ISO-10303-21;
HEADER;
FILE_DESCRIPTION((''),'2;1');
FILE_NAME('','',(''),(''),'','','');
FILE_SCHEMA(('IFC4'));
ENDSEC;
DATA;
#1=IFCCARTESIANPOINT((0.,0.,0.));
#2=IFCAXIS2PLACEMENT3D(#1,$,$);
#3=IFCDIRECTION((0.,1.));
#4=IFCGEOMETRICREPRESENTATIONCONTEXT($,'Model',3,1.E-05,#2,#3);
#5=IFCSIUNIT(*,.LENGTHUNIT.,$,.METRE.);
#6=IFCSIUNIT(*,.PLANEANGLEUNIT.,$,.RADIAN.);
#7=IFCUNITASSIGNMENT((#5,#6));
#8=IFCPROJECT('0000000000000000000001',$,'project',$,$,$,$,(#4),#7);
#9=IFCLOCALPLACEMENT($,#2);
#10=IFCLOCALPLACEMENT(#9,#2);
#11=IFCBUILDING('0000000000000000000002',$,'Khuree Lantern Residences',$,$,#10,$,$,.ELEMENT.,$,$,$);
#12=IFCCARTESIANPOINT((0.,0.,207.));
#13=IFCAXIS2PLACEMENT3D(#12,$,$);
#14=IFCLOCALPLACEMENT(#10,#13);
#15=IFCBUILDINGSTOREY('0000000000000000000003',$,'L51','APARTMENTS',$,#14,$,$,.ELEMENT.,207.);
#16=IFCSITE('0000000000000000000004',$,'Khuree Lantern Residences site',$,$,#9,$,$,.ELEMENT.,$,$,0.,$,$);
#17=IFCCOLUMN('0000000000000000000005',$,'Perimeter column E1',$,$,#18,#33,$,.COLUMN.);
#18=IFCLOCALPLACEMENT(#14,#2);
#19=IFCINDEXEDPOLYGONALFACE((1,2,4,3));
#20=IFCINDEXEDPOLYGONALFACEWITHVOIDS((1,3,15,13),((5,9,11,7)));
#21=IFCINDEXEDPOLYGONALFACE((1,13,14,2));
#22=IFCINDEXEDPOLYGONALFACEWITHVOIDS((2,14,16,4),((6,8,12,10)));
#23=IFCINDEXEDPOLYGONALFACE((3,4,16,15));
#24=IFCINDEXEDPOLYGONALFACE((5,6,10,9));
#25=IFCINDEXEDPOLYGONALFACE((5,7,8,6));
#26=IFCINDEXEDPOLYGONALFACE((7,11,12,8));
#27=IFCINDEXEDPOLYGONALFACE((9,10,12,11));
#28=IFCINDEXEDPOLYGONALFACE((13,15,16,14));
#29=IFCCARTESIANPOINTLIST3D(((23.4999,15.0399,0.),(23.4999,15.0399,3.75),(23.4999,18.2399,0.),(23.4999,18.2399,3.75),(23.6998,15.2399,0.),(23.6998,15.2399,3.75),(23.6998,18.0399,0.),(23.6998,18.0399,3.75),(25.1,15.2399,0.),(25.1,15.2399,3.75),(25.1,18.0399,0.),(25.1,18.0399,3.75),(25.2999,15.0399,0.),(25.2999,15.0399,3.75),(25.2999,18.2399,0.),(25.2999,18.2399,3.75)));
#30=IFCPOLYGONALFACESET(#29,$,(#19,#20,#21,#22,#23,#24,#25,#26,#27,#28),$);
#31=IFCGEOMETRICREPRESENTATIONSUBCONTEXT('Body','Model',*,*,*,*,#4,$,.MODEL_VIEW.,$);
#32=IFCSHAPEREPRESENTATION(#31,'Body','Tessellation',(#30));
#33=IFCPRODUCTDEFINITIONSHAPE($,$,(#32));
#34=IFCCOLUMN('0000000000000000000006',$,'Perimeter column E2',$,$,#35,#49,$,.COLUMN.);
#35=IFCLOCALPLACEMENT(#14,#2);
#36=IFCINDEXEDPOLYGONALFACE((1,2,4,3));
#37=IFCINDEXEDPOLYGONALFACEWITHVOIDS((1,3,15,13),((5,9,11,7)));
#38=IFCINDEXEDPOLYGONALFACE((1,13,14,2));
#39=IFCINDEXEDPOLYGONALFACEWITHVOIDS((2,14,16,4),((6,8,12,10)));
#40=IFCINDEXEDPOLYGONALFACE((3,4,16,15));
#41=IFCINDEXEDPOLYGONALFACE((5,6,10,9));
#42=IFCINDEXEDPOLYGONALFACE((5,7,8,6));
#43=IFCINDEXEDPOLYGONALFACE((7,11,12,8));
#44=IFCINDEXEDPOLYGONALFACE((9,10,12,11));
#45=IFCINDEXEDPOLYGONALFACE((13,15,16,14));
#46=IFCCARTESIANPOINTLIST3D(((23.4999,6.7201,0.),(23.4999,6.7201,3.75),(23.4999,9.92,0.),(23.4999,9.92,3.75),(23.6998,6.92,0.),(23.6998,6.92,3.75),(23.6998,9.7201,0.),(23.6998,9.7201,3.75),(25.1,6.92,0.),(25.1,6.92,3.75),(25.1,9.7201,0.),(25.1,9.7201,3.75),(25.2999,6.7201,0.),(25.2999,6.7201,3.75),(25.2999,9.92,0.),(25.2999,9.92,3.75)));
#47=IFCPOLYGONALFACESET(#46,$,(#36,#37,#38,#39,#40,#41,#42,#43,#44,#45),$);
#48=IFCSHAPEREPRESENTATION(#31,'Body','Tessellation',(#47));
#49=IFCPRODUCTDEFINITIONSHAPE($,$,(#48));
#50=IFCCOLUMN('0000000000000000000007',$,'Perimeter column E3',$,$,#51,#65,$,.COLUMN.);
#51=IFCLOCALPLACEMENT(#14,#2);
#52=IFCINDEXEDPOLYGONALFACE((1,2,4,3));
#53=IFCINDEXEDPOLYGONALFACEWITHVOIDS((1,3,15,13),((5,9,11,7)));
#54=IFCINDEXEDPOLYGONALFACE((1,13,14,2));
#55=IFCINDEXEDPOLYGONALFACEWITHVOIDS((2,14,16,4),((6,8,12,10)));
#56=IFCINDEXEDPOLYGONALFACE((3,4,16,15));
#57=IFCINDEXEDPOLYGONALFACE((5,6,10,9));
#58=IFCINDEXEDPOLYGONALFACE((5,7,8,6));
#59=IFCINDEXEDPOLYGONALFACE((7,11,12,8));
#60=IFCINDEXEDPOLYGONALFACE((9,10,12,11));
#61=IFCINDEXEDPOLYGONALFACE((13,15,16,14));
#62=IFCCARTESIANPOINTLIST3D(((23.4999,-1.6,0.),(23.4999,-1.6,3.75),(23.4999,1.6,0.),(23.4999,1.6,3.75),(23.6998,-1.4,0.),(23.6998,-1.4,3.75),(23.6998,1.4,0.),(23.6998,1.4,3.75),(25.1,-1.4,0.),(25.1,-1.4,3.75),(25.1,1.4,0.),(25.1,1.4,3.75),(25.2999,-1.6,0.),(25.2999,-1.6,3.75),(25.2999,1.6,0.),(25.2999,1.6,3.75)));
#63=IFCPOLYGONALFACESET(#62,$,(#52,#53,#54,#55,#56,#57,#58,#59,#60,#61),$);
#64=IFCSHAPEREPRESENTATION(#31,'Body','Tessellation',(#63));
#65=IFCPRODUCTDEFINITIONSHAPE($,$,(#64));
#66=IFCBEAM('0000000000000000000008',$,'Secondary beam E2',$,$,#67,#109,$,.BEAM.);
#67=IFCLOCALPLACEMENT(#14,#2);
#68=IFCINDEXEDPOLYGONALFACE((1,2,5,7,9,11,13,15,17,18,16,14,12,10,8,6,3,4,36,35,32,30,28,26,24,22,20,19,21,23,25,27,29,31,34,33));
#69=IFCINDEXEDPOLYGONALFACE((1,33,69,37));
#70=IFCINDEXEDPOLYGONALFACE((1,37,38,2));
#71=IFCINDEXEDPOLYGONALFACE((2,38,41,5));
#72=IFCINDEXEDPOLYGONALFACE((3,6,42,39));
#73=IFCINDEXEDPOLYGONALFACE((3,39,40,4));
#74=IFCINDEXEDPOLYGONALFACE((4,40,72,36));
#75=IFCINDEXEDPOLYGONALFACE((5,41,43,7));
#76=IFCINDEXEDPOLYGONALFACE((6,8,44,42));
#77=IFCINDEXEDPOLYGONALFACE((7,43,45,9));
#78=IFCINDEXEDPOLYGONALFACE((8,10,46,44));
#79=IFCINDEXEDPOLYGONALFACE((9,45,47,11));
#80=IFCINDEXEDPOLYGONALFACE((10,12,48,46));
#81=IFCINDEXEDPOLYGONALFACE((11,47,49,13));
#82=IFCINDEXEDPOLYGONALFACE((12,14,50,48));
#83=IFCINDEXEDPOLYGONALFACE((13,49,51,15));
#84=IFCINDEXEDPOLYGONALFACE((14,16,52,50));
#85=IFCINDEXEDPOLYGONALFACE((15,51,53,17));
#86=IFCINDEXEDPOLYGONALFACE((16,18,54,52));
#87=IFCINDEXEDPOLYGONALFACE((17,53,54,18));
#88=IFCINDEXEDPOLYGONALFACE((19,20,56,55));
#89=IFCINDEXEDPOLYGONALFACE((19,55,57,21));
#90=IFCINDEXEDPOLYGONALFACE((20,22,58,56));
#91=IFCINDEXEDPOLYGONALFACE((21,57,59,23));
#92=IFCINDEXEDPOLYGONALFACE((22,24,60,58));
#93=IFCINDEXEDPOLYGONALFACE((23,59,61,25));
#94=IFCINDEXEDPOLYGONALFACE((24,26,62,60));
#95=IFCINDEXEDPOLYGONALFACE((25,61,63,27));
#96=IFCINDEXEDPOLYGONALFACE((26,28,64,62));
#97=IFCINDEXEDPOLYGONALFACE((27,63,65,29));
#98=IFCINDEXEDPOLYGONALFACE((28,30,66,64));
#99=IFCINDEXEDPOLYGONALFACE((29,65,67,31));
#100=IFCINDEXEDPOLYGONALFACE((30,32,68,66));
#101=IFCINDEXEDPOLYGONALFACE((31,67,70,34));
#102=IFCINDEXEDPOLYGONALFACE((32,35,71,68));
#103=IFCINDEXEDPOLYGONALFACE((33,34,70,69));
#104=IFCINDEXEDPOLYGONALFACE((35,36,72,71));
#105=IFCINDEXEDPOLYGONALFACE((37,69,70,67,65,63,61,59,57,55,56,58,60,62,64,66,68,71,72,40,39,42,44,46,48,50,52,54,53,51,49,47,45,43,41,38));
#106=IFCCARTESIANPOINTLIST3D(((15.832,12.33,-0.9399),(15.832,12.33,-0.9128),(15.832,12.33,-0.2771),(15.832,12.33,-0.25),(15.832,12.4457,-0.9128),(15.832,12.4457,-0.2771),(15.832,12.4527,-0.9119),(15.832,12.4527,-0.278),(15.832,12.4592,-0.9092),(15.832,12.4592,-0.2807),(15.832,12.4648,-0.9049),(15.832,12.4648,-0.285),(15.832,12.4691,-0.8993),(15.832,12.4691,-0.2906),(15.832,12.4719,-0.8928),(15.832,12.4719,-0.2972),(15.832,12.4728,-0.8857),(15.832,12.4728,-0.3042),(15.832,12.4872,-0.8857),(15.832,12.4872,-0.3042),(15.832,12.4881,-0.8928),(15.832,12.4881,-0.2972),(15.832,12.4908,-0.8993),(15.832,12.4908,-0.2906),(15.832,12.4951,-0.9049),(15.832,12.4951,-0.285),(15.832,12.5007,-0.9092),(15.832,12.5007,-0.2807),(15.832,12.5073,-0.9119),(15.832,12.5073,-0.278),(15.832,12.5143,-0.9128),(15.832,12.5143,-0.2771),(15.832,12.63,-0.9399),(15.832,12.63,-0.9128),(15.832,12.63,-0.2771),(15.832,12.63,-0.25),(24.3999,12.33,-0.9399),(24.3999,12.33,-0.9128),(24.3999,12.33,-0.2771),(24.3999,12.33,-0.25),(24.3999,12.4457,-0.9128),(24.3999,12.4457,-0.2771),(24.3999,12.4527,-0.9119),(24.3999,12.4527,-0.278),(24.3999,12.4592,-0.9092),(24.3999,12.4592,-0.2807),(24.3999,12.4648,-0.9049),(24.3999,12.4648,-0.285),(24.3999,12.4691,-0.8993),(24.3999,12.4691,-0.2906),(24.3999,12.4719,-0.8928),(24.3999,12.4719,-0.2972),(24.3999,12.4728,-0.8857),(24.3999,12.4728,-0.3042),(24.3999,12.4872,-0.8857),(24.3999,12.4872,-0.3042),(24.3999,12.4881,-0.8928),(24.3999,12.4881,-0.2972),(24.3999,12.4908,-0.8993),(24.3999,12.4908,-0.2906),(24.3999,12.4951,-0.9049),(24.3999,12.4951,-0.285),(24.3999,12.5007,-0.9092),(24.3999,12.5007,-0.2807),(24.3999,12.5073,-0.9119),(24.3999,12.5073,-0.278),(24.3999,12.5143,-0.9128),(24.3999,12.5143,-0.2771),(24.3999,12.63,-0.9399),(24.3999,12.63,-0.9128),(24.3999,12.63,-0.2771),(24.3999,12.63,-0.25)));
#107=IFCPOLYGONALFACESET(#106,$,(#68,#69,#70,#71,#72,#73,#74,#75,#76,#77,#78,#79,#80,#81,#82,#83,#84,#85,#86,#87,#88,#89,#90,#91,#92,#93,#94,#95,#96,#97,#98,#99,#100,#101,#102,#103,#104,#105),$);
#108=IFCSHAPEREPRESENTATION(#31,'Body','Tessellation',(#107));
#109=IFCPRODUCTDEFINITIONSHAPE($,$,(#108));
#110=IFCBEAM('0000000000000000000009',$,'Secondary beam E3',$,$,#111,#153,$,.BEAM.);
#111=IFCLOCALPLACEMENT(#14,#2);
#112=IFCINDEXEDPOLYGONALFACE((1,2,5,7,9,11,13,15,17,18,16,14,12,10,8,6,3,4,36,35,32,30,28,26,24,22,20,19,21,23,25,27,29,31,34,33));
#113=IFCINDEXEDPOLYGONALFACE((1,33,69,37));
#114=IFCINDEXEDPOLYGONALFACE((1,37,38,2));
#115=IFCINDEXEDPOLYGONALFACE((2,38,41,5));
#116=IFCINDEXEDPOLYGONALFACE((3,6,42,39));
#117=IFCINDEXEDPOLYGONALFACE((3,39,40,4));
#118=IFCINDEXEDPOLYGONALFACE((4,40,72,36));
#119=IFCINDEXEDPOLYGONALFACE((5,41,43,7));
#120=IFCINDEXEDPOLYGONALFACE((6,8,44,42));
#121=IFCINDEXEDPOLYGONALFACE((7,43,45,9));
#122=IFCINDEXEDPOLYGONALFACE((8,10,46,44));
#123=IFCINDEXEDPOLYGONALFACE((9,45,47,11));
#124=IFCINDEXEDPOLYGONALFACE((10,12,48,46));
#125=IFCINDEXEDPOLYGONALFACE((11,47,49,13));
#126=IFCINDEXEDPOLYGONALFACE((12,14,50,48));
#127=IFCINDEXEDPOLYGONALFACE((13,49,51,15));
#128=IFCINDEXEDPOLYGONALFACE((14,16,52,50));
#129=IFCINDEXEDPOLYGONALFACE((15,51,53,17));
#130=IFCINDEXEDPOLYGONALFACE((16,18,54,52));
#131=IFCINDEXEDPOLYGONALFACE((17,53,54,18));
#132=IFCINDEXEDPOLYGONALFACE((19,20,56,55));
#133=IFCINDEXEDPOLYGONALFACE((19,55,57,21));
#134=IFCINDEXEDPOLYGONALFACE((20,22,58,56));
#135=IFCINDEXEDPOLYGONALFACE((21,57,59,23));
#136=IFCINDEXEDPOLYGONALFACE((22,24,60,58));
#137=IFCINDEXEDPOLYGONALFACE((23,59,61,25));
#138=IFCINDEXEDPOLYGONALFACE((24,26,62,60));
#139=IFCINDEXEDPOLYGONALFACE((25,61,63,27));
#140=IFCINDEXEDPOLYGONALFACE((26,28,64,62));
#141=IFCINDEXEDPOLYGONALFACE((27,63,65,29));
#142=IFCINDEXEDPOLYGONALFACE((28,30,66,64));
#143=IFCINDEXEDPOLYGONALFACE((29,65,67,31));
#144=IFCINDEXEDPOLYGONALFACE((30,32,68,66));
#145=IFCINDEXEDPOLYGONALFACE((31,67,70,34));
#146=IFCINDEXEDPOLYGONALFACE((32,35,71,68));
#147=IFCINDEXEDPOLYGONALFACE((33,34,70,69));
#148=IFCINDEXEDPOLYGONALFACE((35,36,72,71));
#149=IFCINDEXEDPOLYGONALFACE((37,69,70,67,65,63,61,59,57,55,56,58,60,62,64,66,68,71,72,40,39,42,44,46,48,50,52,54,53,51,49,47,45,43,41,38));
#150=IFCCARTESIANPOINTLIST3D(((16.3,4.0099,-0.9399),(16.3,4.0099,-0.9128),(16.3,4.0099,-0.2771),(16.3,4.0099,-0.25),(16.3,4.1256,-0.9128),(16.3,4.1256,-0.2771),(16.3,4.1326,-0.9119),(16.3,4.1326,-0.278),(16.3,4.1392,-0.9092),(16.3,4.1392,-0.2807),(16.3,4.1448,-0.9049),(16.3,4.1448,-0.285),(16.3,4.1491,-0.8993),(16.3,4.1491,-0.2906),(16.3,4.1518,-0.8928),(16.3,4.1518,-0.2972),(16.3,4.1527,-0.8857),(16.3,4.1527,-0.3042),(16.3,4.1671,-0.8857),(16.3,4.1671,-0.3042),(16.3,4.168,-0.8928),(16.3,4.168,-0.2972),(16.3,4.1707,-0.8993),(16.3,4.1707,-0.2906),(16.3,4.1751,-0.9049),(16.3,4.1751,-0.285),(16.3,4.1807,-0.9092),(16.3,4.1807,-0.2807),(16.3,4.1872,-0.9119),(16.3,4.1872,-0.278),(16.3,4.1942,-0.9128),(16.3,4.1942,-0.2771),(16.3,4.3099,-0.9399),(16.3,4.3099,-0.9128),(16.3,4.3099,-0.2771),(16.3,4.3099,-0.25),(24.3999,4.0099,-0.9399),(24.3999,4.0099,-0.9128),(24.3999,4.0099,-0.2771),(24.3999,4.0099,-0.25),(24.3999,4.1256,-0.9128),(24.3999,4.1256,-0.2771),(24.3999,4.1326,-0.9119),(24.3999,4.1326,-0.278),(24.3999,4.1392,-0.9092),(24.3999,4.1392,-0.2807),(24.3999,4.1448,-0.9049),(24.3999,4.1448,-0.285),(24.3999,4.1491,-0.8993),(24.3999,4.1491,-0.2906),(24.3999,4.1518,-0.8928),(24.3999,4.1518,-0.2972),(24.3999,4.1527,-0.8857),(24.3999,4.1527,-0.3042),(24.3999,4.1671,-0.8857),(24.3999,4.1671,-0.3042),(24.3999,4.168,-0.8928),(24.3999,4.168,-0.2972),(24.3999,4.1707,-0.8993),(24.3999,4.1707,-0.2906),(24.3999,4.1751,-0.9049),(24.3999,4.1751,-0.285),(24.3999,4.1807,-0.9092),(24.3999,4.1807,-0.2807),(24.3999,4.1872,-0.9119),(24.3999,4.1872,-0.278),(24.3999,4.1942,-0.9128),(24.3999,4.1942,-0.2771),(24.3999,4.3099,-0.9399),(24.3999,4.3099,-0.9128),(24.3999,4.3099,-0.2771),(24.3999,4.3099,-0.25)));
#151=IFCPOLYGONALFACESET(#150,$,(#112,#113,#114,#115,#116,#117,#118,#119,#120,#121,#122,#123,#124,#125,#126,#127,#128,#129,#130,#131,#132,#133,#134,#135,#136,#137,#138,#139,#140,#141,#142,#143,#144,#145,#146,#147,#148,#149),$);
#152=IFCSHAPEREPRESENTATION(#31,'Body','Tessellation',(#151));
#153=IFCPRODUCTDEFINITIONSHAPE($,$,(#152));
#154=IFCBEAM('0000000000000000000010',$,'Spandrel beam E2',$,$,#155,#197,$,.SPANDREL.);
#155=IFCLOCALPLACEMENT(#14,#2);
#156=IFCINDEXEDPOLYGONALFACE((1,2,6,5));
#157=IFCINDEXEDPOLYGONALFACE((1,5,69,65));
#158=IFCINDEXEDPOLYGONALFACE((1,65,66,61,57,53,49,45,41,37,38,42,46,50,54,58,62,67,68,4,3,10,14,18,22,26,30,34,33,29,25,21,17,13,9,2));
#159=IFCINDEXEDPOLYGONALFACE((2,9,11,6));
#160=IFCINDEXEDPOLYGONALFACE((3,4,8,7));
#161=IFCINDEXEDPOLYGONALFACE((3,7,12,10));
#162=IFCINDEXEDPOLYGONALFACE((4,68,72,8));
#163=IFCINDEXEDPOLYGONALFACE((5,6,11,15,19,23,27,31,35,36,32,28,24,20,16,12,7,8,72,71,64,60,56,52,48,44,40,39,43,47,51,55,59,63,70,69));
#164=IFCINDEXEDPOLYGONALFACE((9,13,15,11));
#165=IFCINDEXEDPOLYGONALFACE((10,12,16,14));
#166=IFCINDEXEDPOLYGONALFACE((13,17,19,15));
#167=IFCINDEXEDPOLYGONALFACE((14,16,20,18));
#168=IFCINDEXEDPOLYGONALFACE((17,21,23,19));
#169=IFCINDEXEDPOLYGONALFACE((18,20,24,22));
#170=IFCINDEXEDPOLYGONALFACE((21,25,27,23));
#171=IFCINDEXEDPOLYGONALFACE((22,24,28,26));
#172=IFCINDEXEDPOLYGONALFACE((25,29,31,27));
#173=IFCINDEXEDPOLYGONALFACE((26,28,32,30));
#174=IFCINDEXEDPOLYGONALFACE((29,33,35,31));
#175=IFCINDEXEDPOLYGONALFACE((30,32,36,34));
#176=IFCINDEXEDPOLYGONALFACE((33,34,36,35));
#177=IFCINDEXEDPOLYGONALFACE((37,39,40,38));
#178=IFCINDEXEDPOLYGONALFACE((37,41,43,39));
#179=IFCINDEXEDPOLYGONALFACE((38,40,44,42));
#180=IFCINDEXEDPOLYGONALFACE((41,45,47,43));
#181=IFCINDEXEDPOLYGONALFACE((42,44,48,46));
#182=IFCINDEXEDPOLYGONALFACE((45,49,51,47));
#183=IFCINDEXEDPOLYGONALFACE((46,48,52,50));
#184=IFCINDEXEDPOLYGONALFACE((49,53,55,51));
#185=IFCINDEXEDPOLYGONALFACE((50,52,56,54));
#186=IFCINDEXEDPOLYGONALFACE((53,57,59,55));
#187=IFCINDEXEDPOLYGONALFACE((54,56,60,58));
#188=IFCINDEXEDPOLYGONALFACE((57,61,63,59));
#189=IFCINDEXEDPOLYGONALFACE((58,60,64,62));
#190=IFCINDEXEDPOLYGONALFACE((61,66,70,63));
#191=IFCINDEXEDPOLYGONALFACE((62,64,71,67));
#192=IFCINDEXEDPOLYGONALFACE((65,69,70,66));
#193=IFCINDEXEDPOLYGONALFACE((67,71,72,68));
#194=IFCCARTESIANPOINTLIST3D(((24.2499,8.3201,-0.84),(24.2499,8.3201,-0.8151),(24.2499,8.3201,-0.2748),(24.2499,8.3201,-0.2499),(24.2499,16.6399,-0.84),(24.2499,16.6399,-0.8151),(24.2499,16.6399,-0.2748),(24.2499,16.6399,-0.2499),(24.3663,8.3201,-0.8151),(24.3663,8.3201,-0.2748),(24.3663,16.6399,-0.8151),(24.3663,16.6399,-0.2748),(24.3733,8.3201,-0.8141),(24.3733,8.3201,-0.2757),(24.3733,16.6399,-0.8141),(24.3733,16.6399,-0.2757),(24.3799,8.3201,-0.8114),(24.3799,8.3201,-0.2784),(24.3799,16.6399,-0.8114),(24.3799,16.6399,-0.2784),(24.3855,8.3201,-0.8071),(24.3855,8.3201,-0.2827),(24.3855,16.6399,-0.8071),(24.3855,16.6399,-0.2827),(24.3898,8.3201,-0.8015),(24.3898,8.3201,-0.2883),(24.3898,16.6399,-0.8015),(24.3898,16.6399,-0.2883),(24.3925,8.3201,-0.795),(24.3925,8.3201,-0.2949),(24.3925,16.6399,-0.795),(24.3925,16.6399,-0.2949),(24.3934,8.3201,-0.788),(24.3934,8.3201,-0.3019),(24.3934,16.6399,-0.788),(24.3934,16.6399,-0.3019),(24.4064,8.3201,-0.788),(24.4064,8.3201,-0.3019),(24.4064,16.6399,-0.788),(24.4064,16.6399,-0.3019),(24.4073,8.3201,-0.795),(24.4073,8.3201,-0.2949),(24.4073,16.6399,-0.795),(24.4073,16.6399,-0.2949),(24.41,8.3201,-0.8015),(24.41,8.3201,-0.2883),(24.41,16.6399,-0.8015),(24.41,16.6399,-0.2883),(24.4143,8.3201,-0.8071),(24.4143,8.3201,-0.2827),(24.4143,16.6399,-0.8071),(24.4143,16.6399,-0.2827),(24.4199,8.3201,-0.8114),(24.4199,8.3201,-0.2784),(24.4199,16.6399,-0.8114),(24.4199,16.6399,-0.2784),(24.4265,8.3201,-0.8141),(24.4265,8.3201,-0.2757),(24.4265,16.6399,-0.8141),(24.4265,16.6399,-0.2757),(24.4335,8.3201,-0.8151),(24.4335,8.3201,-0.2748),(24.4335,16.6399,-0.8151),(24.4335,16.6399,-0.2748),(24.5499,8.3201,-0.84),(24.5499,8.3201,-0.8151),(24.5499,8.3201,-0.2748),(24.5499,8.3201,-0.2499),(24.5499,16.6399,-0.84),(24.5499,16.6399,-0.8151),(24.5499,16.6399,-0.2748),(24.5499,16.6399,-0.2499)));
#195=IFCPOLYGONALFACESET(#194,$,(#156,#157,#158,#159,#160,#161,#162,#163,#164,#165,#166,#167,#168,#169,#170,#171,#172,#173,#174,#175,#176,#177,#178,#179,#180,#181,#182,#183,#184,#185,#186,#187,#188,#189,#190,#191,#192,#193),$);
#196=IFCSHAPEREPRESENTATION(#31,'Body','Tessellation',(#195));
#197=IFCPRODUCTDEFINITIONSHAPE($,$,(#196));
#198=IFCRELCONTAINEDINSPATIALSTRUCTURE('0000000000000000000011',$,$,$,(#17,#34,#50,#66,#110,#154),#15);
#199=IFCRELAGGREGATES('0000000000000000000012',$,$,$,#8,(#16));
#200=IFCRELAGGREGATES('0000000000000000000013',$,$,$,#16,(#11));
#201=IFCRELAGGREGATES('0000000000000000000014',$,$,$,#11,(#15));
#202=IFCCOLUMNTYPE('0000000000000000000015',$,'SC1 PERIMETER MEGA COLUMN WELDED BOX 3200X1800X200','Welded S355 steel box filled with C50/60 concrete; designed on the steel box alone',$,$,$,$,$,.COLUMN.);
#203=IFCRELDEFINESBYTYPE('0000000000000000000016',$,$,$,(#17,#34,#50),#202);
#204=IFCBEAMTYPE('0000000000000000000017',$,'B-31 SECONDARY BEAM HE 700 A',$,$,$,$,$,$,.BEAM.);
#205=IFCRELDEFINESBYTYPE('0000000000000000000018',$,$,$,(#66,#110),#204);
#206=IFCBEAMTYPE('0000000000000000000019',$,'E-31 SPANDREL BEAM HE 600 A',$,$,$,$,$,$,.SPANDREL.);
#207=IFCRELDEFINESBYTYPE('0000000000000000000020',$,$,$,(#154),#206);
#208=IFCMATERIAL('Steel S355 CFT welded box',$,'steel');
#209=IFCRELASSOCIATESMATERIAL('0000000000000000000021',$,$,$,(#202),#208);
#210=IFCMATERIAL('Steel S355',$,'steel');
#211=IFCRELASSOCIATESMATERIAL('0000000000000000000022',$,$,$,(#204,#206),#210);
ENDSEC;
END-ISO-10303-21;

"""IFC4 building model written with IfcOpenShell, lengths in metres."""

from ifc_helpers import new_model, si_unit, direction, frame, origin, origin_2d, place, context, subcontext, project, spatial, hollow_rectangle, i_section, extrude, material, material_profile, profile_set, type_object, element, save


model = new_model("IFC4")

# Units and contexts
model_context = context("Model", 3, precision=1e-05, world=origin(), true_north=direction((0.0, 1.0)))
body_context = subcontext(model_context, "Body", "Model", "MODEL_VIEW")
ifc_project = project(units=[si_unit("LENGTHUNIT", "METRE"), si_unit("PLANEANGLEUNIT", "RADIAN")], contexts=[model_context])

# Site, building, storey
site_placement = place(None, origin())
site = spatial("IfcSite", under=ifc_project, at=site_placement, Name="Khuree Lantern Residences site", CompositionType="ELEMENT", RefElevation=0.0)
building_placement = place(site_placement, origin())
building = spatial("IfcBuilding", under=site, at=building_placement, Name="Khuree Lantern Residences", CompositionType="ELEMENT")
storey_placement = place(building_placement, frame((0.0, 0.0, 207.0)))
storey = spatial("IfcBuildingStorey", under=building, at=storey_placement, Name="L51", Description="APARTMENTS", CompositionType="ELEMENT", Elevation=207.0)

# Columns
ifc_material_1 = material(Name="Steel S355 CFT welded box", Category="steel")
ifc_material_profile_1 = material_profile(ifc_material_1, hollow_rectangle(XDim=3.2, YDim=1.8, WallThickness=0.2, at=origin_2d()), Name="WELDED BOX 3200X1800X200")
ifc_profile_set_1 = profile_set([ifc_material_profile_1], Name="Steel S355 CFT welded box")
column_type = type_object("IfcColumnType", Name="SC1 PERIMETER MEGA COLUMN WELDED BOX 3200X1800X200", Description="Welded S355 steel box filled with C50/60 concrete; designed on the steel box alone", PredefinedType="COLUMN", material=ifc_profile_set_1)
for number, where, z_axis, x_axis, name in (
    (1, (24.3999, 16.6399, 0.0), (0.0, 0.0, 1.0), (0.0, 1.0, 0.0), "Perimeter column E1"),
    (2, (24.3999, 8.3201, 0.0), (0.0, 0.0, 1.0), (0.0, 1.0, 0.0), "Perimeter column E2"),
    (3, (24.3999, 0.0, 0.0), (0.0, 0.0, 1.0), (0.0, 1.0, 0.0), "Perimeter column E3"),
):
    element("IfcColumn", number, at=place(storey_placement, frame(where, z_axis=z_axis, x_axis=x_axis)), inside=storey, type_object=column_type, Name=name, PredefinedType="COLUMN", context=body_context, shape_type="SweptSolid", body=[
        extrude(hollow_rectangle(XDim=3.2, YDim=1.8, WallThickness=0.2, at=origin_2d()), origin(), (0.0, 0.0, 1.0), 3.75),
    ])

# Beams
ifc_material_2 = material(Name="Steel S355", Category="steel")
ifc_material_profile_2 = material_profile(ifc_material_2, i_section(OverallWidth=0.3, OverallDepth=0.6899, WebThickness=0.0144, FlangeThickness=0.0271, FilletRadius=0.0271, at=origin_2d()), Name="HE 700 A")
ifc_profile_set_2 = profile_set([ifc_material_profile_2], Name="Steel S355")
beam_type_1 = type_object("IfcBeamType", Name="B-31 SECONDARY BEAM HE 700 A", PredefinedType="BEAM", material=ifc_profile_set_2)
beam_1_placement = place(storey_placement, frame((24.3999, 12.48, -0.595), z_axis=(-1.0, 0.0, 0.0), x_axis=(0.0, -1.0, 0.0)))
element("IfcBeam", 4, at=beam_1_placement, inside=storey, type_object=beam_type_1, Name="Secondary beam E2", PredefinedType="BEAM", context=body_context, shape_type="SweptSolid", body=[
    extrude(i_section(OverallWidth=0.3, OverallDepth=0.6899, WebThickness=0.0144, FlangeThickness=0.0271, FilletRadius=0.0271, at=origin_2d()), origin(), (0.0, 0.0, 1.0), 8.5679),
])
beam_2_placement = place(storey_placement, frame((24.3999, 4.1599, -0.595), z_axis=(-1.0, 0.0, 0.0), x_axis=(0.0, -1.0, 0.0)))
element("IfcBeam", 5, at=beam_2_placement, inside=storey, type_object=beam_type_1, Name="Secondary beam E3", PredefinedType="BEAM", context=body_context, shape_type="SweptSolid", body=[
    extrude(i_section(OverallWidth=0.3, OverallDepth=0.6899, WebThickness=0.0144, FlangeThickness=0.0271, FilletRadius=0.0271, at=origin_2d()), origin(), (0.0, 0.0, 1.0), 8.0999),
])
ifc_material_profile_3 = material_profile(ifc_material_2, i_section(OverallWidth=0.3, OverallDepth=0.5901, WebThickness=0.0129, FlangeThickness=0.0249, FilletRadius=0.0271, at=origin_2d()), Name="HE 600 A")
ifc_profile_set_3 = profile_set([ifc_material_profile_3], Name="Steel S355")
beam_type_2 = type_object("IfcBeamType", Name="E-31 SPANDREL BEAM HE 600 A", PredefinedType="SPANDREL", material=ifc_profile_set_3)
beam_3_placement = place(storey_placement, frame((24.3999, 16.6399, -0.5449), z_axis=(0.0, -1.0, 0.0), x_axis=(1.0, 0.0, 0.0)))
element("IfcBeam", 6, at=beam_3_placement, inside=storey, type_object=beam_type_2, Name="Spandrel beam E2", PredefinedType="SPANDREL", context=body_context, shape_type="SweptSolid", body=[
    extrude(i_section(OverallWidth=0.3, OverallDepth=0.5901, WebThickness=0.0129, FlangeThickness=0.0249, FilletRadius=0.0271, at=origin_2d()), origin(), (0.0, 0.0, 1.0), 8.3198),
])

save(model, "model.ifc")
